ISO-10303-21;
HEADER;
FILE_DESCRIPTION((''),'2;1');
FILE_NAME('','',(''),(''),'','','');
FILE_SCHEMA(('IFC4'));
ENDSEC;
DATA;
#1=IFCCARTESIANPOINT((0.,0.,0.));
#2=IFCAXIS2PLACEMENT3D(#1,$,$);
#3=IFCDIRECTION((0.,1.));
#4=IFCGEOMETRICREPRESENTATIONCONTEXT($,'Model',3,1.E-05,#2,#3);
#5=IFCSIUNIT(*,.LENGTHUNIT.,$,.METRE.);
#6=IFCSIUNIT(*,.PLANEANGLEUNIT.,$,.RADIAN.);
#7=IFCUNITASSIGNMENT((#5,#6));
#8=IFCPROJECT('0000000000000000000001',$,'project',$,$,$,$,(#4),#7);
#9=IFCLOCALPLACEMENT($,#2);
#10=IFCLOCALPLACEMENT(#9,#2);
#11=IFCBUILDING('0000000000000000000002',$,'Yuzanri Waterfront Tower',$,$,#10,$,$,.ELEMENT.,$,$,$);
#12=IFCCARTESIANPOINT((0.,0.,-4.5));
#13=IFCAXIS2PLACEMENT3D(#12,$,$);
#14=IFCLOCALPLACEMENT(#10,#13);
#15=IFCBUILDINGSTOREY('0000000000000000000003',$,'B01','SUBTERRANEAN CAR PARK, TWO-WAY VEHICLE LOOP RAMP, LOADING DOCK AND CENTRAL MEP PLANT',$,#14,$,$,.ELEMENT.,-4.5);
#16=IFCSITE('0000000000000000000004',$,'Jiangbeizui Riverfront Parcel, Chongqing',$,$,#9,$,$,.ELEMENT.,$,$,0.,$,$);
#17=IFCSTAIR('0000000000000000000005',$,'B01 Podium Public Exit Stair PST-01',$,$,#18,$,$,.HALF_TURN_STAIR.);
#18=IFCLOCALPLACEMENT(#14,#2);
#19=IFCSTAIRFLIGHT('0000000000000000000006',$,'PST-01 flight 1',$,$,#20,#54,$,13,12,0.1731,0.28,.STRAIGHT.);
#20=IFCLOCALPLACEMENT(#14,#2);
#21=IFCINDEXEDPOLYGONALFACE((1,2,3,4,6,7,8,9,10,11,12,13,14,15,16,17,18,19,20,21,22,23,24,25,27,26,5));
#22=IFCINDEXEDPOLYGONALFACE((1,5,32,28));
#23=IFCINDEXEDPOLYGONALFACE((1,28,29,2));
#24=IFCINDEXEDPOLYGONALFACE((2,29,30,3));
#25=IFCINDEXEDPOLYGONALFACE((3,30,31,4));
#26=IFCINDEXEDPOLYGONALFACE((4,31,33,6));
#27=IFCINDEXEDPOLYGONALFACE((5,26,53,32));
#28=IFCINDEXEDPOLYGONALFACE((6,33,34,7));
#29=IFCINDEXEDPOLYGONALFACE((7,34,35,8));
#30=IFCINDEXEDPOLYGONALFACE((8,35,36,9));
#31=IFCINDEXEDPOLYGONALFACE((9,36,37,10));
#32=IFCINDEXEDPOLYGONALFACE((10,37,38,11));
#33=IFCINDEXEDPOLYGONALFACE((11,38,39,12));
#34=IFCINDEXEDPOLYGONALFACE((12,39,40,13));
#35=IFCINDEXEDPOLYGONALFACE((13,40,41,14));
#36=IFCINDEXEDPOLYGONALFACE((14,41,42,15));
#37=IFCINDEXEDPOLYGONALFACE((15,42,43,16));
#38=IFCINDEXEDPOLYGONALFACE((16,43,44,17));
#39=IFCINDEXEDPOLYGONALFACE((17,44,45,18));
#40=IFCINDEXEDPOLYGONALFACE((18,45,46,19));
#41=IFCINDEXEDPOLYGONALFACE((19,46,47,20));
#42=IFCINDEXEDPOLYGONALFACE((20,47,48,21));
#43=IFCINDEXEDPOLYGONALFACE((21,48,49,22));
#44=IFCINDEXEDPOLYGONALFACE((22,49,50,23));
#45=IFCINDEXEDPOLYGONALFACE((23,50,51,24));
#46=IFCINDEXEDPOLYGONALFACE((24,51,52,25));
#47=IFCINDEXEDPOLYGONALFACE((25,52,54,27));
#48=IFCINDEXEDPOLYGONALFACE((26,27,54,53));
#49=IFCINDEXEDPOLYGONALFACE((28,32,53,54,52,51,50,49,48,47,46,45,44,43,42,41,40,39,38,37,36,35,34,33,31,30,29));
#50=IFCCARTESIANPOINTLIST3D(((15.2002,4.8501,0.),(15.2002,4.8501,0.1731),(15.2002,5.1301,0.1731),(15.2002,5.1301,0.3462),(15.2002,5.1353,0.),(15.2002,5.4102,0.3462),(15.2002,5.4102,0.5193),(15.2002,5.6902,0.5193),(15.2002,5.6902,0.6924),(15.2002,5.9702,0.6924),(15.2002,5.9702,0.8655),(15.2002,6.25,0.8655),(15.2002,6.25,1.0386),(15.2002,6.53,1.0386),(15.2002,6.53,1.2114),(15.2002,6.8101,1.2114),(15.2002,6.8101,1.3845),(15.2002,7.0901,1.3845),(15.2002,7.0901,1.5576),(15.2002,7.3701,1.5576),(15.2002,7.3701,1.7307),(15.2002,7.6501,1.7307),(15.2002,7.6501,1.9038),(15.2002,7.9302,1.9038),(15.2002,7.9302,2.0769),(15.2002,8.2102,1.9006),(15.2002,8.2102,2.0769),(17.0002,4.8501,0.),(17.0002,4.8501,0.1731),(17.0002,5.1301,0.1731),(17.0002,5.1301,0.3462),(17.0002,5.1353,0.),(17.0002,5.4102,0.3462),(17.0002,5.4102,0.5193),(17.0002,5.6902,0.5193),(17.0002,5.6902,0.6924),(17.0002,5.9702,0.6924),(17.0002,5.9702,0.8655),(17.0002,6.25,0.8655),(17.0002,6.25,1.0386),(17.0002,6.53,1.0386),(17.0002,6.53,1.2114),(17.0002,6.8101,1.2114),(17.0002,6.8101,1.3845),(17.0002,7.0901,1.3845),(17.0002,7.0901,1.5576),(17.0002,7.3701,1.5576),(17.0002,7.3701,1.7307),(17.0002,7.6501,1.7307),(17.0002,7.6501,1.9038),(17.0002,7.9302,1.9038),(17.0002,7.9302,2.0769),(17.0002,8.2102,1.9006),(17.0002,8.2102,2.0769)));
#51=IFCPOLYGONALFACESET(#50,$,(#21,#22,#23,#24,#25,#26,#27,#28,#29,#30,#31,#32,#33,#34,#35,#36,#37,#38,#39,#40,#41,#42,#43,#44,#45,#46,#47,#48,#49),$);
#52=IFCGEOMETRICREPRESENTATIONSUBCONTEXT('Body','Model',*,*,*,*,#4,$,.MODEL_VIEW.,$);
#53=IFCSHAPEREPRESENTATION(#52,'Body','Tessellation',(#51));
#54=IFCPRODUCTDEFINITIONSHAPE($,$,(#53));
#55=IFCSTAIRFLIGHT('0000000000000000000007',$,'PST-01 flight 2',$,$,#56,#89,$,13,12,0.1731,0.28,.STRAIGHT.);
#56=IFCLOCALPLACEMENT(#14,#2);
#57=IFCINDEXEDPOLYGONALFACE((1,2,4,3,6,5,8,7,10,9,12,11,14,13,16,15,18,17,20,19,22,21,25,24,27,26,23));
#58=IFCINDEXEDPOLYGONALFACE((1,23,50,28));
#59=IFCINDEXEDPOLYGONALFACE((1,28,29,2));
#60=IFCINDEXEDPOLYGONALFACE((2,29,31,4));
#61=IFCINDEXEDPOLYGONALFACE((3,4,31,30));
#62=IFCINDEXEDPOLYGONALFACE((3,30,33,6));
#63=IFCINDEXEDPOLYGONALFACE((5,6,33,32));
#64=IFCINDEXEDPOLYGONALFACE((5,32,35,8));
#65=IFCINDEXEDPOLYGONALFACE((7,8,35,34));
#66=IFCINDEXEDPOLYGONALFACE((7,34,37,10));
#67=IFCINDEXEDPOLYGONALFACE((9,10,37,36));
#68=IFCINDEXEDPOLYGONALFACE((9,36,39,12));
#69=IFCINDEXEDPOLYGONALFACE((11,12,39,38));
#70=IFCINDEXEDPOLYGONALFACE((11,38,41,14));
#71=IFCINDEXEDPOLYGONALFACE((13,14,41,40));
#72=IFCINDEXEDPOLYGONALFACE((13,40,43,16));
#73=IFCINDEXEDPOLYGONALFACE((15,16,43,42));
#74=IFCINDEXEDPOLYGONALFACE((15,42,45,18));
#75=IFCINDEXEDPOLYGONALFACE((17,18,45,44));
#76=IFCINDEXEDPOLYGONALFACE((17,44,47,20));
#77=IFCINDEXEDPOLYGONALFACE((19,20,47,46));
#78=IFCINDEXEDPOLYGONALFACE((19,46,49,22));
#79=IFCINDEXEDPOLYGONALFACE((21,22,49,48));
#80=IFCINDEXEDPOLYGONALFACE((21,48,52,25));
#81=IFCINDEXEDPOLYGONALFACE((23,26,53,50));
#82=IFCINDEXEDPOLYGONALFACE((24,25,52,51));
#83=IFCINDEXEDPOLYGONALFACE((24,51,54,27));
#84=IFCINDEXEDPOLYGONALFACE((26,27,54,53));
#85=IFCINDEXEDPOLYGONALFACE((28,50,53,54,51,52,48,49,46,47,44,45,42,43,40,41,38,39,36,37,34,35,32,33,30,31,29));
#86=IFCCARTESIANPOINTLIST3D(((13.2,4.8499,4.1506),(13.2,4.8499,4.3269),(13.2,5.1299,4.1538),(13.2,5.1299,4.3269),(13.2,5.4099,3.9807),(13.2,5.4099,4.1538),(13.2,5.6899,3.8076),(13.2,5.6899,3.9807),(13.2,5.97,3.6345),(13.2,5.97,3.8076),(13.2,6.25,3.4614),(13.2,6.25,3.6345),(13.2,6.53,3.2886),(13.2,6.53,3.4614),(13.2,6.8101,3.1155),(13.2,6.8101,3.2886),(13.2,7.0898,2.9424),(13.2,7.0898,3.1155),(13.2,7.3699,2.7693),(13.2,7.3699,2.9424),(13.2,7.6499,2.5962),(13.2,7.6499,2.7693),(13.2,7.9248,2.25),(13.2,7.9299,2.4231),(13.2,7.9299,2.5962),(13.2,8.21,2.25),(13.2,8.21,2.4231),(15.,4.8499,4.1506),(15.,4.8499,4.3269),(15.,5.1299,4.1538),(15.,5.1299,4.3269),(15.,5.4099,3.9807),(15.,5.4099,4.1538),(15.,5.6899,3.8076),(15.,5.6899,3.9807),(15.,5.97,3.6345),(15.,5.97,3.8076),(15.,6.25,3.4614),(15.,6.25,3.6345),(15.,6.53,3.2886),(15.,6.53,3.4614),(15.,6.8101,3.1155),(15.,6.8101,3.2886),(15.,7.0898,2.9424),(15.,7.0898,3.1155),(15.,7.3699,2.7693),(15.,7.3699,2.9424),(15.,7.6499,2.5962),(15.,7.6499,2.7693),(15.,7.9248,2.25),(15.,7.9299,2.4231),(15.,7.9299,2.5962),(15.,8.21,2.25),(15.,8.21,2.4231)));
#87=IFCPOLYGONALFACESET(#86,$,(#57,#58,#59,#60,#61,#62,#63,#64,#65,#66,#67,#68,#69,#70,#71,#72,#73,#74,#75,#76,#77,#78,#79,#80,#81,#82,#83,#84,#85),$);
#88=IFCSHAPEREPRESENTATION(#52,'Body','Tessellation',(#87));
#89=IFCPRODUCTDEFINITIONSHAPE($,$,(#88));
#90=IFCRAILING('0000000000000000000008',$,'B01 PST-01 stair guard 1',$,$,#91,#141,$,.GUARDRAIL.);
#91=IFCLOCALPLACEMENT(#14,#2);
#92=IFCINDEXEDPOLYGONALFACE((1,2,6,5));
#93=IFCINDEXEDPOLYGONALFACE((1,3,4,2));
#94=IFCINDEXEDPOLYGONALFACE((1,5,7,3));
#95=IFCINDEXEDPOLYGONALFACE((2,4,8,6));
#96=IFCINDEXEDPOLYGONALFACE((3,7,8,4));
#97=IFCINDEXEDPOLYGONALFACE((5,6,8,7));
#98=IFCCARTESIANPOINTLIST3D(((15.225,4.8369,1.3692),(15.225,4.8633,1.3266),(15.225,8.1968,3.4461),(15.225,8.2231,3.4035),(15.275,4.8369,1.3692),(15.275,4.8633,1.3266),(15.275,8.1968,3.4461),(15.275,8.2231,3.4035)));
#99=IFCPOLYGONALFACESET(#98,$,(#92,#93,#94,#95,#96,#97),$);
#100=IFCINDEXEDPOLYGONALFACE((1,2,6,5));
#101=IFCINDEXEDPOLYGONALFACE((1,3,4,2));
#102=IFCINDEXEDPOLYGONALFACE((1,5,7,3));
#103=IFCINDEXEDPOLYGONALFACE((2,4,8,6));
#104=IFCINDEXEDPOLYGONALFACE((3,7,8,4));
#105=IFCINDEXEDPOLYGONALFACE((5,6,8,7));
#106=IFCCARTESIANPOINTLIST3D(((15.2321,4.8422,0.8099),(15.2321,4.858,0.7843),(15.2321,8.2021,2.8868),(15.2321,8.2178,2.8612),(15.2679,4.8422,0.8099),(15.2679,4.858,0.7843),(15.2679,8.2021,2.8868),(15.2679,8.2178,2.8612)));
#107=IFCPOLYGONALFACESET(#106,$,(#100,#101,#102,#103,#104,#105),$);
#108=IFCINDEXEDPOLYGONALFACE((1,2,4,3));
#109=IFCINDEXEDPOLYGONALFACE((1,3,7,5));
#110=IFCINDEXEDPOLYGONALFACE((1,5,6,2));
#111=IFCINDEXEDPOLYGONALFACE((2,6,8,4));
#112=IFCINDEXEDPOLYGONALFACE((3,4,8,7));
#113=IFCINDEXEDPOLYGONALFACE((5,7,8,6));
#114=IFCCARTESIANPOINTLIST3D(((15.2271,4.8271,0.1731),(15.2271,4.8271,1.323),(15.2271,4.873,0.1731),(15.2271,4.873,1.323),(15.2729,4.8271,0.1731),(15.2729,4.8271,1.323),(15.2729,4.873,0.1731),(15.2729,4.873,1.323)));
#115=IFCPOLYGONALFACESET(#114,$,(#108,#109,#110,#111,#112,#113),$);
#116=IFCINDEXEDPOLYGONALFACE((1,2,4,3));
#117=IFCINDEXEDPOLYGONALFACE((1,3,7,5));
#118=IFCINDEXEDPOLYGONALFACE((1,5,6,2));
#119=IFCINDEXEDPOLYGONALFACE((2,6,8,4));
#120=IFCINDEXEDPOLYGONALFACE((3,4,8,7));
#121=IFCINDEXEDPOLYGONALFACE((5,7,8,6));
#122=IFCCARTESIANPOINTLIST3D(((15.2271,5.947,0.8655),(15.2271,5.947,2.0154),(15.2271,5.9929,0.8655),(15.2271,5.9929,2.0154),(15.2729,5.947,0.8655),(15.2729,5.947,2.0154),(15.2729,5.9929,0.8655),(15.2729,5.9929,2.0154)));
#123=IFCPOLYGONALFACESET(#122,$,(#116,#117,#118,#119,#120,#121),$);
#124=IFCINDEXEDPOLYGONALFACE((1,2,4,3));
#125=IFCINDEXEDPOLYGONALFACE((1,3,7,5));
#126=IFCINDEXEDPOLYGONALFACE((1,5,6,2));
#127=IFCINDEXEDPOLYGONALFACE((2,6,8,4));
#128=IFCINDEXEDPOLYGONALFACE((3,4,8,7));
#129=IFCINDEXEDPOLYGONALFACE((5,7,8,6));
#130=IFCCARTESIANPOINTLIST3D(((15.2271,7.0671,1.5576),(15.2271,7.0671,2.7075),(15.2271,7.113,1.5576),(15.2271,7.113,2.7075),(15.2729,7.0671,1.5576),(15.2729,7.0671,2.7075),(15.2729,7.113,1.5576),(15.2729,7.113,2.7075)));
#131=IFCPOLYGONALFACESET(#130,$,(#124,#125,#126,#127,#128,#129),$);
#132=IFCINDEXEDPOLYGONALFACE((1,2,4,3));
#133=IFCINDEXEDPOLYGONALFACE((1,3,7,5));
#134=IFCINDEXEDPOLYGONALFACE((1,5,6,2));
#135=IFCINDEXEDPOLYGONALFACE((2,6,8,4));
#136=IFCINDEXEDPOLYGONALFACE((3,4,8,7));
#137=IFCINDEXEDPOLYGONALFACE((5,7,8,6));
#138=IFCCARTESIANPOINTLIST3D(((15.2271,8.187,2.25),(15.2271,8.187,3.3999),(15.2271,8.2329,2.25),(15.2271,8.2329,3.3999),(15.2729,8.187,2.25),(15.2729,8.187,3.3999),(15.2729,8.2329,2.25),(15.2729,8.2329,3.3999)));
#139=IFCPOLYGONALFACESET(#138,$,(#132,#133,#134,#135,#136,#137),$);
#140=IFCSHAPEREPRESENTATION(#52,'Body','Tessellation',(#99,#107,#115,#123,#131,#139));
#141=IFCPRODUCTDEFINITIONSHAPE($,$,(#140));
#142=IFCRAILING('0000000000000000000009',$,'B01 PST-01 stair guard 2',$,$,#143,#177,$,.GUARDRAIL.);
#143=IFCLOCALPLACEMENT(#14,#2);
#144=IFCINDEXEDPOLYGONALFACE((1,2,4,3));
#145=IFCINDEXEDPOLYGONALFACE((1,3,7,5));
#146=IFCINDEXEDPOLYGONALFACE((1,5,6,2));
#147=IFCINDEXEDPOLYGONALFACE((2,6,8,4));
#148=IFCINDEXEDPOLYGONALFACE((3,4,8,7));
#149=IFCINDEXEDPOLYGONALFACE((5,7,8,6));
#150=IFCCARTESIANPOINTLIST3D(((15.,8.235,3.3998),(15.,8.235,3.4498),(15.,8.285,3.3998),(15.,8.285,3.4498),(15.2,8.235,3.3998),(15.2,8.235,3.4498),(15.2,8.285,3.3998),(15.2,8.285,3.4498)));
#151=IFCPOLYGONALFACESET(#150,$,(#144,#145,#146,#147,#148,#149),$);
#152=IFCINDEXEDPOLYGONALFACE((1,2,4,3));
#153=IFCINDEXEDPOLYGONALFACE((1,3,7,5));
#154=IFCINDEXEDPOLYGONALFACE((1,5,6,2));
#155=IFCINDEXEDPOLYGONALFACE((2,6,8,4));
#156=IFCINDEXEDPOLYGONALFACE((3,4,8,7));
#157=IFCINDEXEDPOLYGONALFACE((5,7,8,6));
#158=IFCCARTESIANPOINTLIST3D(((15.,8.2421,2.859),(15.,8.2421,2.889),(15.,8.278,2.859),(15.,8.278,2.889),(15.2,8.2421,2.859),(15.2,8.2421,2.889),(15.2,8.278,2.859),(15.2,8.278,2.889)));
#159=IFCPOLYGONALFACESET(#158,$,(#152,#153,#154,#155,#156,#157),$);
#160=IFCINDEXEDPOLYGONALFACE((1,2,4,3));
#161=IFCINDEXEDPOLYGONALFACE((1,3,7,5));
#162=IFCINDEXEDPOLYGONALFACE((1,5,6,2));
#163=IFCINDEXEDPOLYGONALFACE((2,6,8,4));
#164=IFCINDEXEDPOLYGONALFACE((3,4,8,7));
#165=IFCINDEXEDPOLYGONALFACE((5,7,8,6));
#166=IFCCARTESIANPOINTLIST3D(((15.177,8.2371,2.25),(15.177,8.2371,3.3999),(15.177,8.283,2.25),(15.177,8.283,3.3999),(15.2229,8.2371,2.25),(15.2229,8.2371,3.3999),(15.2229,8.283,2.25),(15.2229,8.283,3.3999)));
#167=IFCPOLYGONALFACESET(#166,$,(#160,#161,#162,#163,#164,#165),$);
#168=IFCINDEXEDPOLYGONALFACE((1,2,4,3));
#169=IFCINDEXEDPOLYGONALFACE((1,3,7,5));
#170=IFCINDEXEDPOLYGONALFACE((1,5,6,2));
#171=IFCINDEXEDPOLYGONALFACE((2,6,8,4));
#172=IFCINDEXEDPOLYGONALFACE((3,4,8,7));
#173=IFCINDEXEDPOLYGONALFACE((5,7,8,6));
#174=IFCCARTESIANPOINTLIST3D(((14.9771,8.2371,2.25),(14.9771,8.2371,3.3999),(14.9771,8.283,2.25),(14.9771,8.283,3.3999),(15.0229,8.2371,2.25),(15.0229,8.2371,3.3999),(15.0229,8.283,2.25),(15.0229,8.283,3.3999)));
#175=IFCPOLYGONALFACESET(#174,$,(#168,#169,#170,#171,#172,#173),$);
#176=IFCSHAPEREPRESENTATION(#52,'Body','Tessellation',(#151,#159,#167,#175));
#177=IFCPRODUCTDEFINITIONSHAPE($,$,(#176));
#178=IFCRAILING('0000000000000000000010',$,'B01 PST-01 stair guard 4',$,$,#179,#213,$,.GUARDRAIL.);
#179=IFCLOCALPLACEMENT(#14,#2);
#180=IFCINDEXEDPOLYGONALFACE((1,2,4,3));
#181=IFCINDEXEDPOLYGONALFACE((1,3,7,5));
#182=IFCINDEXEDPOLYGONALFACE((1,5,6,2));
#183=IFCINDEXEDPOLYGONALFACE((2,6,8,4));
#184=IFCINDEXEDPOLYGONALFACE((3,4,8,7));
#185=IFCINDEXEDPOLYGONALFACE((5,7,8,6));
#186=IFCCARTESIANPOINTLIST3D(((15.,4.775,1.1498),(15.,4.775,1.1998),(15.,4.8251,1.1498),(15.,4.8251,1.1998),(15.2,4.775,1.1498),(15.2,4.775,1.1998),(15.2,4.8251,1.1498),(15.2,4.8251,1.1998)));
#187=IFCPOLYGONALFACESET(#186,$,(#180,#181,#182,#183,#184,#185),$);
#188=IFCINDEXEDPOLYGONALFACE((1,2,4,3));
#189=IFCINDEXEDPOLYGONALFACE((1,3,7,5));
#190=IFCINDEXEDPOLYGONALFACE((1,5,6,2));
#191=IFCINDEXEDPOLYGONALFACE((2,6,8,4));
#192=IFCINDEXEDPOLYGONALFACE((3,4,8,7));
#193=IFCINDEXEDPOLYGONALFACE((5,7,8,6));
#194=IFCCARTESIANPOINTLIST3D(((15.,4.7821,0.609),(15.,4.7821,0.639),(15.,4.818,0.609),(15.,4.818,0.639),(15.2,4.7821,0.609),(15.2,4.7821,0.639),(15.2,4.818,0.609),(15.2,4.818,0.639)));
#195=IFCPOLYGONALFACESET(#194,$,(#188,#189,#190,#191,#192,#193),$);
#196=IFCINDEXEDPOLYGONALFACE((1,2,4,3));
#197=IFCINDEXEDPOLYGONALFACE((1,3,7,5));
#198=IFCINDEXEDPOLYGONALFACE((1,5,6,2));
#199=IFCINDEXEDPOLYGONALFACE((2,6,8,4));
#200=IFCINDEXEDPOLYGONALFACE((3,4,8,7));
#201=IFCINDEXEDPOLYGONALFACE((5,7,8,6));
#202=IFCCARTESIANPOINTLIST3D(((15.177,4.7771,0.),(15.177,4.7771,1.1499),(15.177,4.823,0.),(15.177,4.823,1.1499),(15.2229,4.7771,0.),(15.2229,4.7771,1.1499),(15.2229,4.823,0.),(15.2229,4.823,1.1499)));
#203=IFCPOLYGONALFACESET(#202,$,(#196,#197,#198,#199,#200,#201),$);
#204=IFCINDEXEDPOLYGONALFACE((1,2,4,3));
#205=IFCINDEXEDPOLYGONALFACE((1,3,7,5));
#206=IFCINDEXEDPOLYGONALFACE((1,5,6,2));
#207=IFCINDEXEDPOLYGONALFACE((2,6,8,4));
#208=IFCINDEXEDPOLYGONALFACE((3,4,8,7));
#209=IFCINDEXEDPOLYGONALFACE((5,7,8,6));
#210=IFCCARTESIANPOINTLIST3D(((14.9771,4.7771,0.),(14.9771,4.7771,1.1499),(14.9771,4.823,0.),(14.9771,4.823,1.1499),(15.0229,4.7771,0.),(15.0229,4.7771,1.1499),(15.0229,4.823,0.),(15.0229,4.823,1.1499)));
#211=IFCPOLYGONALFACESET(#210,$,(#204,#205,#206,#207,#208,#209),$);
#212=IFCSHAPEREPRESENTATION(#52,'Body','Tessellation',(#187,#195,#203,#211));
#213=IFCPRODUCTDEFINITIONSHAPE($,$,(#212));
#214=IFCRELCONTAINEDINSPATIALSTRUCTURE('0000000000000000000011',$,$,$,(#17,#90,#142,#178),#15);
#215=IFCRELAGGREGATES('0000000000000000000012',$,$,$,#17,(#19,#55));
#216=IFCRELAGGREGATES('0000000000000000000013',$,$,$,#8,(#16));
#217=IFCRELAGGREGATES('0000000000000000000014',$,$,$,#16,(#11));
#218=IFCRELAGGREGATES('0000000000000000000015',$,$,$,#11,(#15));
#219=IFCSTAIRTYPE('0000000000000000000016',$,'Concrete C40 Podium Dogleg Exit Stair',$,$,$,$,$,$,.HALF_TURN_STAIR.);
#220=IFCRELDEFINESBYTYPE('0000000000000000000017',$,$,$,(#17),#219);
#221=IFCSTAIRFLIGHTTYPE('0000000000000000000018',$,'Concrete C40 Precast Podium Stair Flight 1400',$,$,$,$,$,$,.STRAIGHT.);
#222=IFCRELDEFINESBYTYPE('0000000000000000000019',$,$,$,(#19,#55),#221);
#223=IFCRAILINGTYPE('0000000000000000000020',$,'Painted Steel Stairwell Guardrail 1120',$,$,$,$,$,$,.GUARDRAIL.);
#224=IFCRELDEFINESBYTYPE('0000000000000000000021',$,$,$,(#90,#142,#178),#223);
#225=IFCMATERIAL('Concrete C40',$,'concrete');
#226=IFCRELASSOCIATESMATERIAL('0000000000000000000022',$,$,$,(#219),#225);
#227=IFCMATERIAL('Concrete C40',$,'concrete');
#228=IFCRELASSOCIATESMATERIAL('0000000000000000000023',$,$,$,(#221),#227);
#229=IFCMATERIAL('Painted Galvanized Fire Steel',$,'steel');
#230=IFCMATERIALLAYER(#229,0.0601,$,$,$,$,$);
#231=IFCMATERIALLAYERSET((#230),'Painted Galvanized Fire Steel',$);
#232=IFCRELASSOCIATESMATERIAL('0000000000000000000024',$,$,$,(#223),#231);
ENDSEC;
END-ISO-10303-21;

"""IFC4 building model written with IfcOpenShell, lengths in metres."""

from ifc_helpers import new_model, si_unit, direction, frame, origin, origin_2d, place, context, subcontext, project, spatial, polyline, rectangle, outline, extrude, source, transform, mapped, material, layer, layer_set, type_object, element, aggregate, save


model = new_model("IFC4")

# Units and contexts
model_context = context("Model", 3, precision=1e-05, world=origin(), true_north=direction((0.0, 1.0)))
body_context = subcontext(model_context, "Body", "Model", "MODEL_VIEW")
ifc_project = project(units=[si_unit("LENGTHUNIT", "METRE"), si_unit("PLANEANGLEUNIT", "RADIAN")], contexts=[model_context])

# Site, building, storey
site_placement = place(None, origin())
site = spatial("IfcSite", under=ifc_project, at=site_placement, Name="Jiangbeizui Riverfront Parcel, Chongqing", CompositionType="ELEMENT", RefElevation=0.0)
building_placement = place(site_placement, origin())
building = spatial("IfcBuilding", under=site, at=building_placement, Name="Yuzanri Waterfront Tower", CompositionType="ELEMENT")
storey_placement = place(building_placement, frame((0.0, 0.0, -4.5)))
storey = spatial("IfcBuildingStorey", under=building, at=storey_placement, Name="B01", Description="SUBTERRANEAN CAR PARK, TWO-WAY VEHICLE LOOP RAMP, LOADING DOCK AND CENTRAL MEP PLANT", CompositionType="ELEMENT", Elevation=-4.5)

# Stair, stair flights
ifc_material_1 = material(Name="Concrete C40", Category="concrete")
stair_type = type_object("IfcStairType", Name="Concrete C40 Podium Dogleg Exit Stair", PredefinedType="HALF_TURN_STAIR", material=ifc_material_1)
stair_placement = place(storey_placement, origin())
stair = element("IfcStair", 1, at=stair_placement, inside=storey, type_object=stair_type, Name="B01 Podium Public Exit Stair PST-01", PredefinedType="HALF_TURN_STAIR")
ifc_material_2 = material(Name="Concrete C40", Category="concrete")
stair_flight_type = type_object("IfcStairFlightType", Name="Concrete C40 Precast Podium Stair Flight 1400", PredefinedType="STRAIGHT", material=ifc_material_2)
shared_shape_1 = source(origin(), body_context, "Body", "SweptSolid", [
    extrude(outline(polyline([(0.0, 0.0), (0.0, 0.1731), (0.28, 0.1731), (0.28, 0.3462), (0.5601, 0.3462), (0.5601, 0.5193), (0.8401, 0.5193), (0.8401, 0.6924), (1.1201, 0.6924), (1.1201, 0.8655), (1.3999, 0.8655), (1.3999, 1.0386), (1.6799, 1.0386), (1.6799, 1.2114), (1.96, 1.2114), (1.96, 1.3845), (2.24, 1.3845), (2.24, 1.5576), (2.52, 1.5576), (2.52, 1.7307), (2.8, 1.7307), (2.8, 1.9038), (3.0801, 1.9038), (3.0801, 2.0769), (3.3601, 2.0769), (3.3601, 2.25), (3.3601, 1.9006), (0.2852, 0.0), (0.0, 0.0)])), frame((0.0, 0.8999, 0.0), z_axis=(0.0, -1.0, 0.0), x_axis=(1.0, 0.0, 0.0)), (0.0, 0.0, 1.0), 1.8),
])
stair_flight_1_placement = place(storey_placement, frame((16.1001, 4.8501, 0.0), z_axis=(0.0, 0.0, 1.0), x_axis=(0.0, 1.0, 0.0)))
stair_flight_1 = element("IfcStairFlight", 2, at=stair_flight_1_placement, type_object=stair_flight_type, Name="PST-01 flight 1", NumberOfRisers=13, NumberOfTreads=12, PredefinedType="STRAIGHT", RiserHeight=0.1731, TreadLength=0.28, context=body_context, shape_type="MappedRepresentation", body=[
    mapped(shared_shape_1, transform((0.0, 0.0, 0.0), scale=1.0)),
])
stair_flight_2_placement = place(storey_placement, frame((14.1001, 8.21, 2.25), z_axis=(0.0, 0.0, 1.0), x_axis=(0.0, -1.0, 0.0)))
stair_flight_2 = element("IfcStairFlight", 3, at=stair_flight_2_placement, type_object=stair_flight_type, Name="PST-01 flight 2", NumberOfRisers=13, NumberOfTreads=12, PredefinedType="STRAIGHT", RiserHeight=0.1731, TreadLength=0.28, context=body_context, shape_type="MappedRepresentation", body=[
    mapped(shared_shape_1, transform((0.0, 0.0, 0.0), scale=1.0)),
])
aggregate(stair, [stair_flight_1, stair_flight_2])

# Railings
ifc_material_3 = material(Name="Painted Galvanized Fire Steel", Category="steel")
ifc_layer_1 = layer(ifc_material_3, 0.0601)
ifc_layer_set_1 = layer_set([ifc_layer_1], Name="Painted Galvanized Fire Steel")
railing_type_1 = type_object("IfcRailingType", Name="Painted Steel Stairwell Guardrail 1120", PredefinedType="GUARDRAIL", material=ifc_layer_set_1)
shared_shape_2 = source(origin(), body_context, "Body", "SweptSolid", [
    extrude(rectangle(XDim=0.05, YDim=0.05, at=origin_2d()), frame((0.0, 0.0, 1.1748), z_axis=(0.0, 0.850606, 0.525803), x_axis=(-1.0, 0.0, 0.0)), (0.0, 0.0, 1.0), 3.95),
    extrude(rectangle(XDim=0.0359, YDim=0.03, at=origin_2d()), frame((0.0, 0.0, 0.624), z_axis=(0.0, 0.850606, 0.525803), x_axis=(-1.0, 0.0, 0.0)), (0.0, 0.0, 1.0), 3.95),
    extrude(rectangle(XDim=0.0459, YDim=0.0459, at=origin_2d()), origin(), (0.0, 0.0, 1.0), 1.1499),
    extrude(rectangle(XDim=0.0459, YDim=0.0459, at=origin_2d()), frame((0.0, 1.1199, 0.6924)), (0.0, 0.0, 1.0), 1.1499),
    extrude(rectangle(XDim=0.0459, YDim=0.0459, at=origin_2d()), frame((0.0, 2.24, 1.3845)), (0.0, 0.0, 1.0), 1.1499),
    extrude(rectangle(XDim=0.0459, YDim=0.0459, at=origin_2d()), frame((0.0, 3.3599, 2.0769)), (0.0, 0.0, 1.0), 1.1499),
])
railing_1_placement = place(storey_placement, frame((15.25, 4.8501, 0.1731)))
element("IfcRailing", 4, at=railing_1_placement, inside=storey, type_object=railing_type_1, Name="B01 PST-01 stair guard 1", PredefinedType="GUARDRAIL", context=body_context, shape_type="MappedRepresentation", body=[
    mapped(shared_shape_2, transform((0.0, 0.0, 0.0), scale=1.0)),
])
shared_shape_3 = source(origin(), body_context, "Body", "SweptSolid", [
    extrude(rectangle(XDim=0.05, YDim=0.05, at=origin_2d()), frame((0.0, 0.0, 1.1748), z_axis=(-1.0, 0.0, 0.0), x_axis=(0.0, -1.0, 0.0)), (0.0, 0.0, 1.0), 0.2),
    extrude(rectangle(XDim=0.0359, YDim=0.03, at=origin_2d()), frame((0.0, 0.0, 0.624), z_axis=(-1.0, 0.0, 0.0), x_axis=(0.0, -1.0, 0.0)), (0.0, 0.0, 1.0), 0.2),
    extrude(rectangle(XDim=0.0459, YDim=0.0459, at=origin_2d()), origin(), (0.0, 0.0, 1.0), 1.1499),
    extrude(rectangle(XDim=0.0459, YDim=0.0459, at=origin_2d()), frame((-0.2, 0.0, 0.0)), (0.0, 0.0, 1.0), 1.1499),
])
for number, where, name in (
    (5, (15.2, 8.26, 2.25), "B01 PST-01 stair guard 2"),
    (6, (15.2, 4.8, 0.0), "B01 PST-01 stair guard 4"),
):
    element("IfcRailing", number, at=place(storey_placement, frame(where)), inside=storey, type_object=railing_type_1, Name=name, PredefinedType="GUARDRAIL", context=body_context, shape_type="MappedRepresentation", body=[
        mapped(shared_shape_3, transform((0.0, 0.0, 0.0), scale=1.0)),
    ])

save(model, "model.ifc")
